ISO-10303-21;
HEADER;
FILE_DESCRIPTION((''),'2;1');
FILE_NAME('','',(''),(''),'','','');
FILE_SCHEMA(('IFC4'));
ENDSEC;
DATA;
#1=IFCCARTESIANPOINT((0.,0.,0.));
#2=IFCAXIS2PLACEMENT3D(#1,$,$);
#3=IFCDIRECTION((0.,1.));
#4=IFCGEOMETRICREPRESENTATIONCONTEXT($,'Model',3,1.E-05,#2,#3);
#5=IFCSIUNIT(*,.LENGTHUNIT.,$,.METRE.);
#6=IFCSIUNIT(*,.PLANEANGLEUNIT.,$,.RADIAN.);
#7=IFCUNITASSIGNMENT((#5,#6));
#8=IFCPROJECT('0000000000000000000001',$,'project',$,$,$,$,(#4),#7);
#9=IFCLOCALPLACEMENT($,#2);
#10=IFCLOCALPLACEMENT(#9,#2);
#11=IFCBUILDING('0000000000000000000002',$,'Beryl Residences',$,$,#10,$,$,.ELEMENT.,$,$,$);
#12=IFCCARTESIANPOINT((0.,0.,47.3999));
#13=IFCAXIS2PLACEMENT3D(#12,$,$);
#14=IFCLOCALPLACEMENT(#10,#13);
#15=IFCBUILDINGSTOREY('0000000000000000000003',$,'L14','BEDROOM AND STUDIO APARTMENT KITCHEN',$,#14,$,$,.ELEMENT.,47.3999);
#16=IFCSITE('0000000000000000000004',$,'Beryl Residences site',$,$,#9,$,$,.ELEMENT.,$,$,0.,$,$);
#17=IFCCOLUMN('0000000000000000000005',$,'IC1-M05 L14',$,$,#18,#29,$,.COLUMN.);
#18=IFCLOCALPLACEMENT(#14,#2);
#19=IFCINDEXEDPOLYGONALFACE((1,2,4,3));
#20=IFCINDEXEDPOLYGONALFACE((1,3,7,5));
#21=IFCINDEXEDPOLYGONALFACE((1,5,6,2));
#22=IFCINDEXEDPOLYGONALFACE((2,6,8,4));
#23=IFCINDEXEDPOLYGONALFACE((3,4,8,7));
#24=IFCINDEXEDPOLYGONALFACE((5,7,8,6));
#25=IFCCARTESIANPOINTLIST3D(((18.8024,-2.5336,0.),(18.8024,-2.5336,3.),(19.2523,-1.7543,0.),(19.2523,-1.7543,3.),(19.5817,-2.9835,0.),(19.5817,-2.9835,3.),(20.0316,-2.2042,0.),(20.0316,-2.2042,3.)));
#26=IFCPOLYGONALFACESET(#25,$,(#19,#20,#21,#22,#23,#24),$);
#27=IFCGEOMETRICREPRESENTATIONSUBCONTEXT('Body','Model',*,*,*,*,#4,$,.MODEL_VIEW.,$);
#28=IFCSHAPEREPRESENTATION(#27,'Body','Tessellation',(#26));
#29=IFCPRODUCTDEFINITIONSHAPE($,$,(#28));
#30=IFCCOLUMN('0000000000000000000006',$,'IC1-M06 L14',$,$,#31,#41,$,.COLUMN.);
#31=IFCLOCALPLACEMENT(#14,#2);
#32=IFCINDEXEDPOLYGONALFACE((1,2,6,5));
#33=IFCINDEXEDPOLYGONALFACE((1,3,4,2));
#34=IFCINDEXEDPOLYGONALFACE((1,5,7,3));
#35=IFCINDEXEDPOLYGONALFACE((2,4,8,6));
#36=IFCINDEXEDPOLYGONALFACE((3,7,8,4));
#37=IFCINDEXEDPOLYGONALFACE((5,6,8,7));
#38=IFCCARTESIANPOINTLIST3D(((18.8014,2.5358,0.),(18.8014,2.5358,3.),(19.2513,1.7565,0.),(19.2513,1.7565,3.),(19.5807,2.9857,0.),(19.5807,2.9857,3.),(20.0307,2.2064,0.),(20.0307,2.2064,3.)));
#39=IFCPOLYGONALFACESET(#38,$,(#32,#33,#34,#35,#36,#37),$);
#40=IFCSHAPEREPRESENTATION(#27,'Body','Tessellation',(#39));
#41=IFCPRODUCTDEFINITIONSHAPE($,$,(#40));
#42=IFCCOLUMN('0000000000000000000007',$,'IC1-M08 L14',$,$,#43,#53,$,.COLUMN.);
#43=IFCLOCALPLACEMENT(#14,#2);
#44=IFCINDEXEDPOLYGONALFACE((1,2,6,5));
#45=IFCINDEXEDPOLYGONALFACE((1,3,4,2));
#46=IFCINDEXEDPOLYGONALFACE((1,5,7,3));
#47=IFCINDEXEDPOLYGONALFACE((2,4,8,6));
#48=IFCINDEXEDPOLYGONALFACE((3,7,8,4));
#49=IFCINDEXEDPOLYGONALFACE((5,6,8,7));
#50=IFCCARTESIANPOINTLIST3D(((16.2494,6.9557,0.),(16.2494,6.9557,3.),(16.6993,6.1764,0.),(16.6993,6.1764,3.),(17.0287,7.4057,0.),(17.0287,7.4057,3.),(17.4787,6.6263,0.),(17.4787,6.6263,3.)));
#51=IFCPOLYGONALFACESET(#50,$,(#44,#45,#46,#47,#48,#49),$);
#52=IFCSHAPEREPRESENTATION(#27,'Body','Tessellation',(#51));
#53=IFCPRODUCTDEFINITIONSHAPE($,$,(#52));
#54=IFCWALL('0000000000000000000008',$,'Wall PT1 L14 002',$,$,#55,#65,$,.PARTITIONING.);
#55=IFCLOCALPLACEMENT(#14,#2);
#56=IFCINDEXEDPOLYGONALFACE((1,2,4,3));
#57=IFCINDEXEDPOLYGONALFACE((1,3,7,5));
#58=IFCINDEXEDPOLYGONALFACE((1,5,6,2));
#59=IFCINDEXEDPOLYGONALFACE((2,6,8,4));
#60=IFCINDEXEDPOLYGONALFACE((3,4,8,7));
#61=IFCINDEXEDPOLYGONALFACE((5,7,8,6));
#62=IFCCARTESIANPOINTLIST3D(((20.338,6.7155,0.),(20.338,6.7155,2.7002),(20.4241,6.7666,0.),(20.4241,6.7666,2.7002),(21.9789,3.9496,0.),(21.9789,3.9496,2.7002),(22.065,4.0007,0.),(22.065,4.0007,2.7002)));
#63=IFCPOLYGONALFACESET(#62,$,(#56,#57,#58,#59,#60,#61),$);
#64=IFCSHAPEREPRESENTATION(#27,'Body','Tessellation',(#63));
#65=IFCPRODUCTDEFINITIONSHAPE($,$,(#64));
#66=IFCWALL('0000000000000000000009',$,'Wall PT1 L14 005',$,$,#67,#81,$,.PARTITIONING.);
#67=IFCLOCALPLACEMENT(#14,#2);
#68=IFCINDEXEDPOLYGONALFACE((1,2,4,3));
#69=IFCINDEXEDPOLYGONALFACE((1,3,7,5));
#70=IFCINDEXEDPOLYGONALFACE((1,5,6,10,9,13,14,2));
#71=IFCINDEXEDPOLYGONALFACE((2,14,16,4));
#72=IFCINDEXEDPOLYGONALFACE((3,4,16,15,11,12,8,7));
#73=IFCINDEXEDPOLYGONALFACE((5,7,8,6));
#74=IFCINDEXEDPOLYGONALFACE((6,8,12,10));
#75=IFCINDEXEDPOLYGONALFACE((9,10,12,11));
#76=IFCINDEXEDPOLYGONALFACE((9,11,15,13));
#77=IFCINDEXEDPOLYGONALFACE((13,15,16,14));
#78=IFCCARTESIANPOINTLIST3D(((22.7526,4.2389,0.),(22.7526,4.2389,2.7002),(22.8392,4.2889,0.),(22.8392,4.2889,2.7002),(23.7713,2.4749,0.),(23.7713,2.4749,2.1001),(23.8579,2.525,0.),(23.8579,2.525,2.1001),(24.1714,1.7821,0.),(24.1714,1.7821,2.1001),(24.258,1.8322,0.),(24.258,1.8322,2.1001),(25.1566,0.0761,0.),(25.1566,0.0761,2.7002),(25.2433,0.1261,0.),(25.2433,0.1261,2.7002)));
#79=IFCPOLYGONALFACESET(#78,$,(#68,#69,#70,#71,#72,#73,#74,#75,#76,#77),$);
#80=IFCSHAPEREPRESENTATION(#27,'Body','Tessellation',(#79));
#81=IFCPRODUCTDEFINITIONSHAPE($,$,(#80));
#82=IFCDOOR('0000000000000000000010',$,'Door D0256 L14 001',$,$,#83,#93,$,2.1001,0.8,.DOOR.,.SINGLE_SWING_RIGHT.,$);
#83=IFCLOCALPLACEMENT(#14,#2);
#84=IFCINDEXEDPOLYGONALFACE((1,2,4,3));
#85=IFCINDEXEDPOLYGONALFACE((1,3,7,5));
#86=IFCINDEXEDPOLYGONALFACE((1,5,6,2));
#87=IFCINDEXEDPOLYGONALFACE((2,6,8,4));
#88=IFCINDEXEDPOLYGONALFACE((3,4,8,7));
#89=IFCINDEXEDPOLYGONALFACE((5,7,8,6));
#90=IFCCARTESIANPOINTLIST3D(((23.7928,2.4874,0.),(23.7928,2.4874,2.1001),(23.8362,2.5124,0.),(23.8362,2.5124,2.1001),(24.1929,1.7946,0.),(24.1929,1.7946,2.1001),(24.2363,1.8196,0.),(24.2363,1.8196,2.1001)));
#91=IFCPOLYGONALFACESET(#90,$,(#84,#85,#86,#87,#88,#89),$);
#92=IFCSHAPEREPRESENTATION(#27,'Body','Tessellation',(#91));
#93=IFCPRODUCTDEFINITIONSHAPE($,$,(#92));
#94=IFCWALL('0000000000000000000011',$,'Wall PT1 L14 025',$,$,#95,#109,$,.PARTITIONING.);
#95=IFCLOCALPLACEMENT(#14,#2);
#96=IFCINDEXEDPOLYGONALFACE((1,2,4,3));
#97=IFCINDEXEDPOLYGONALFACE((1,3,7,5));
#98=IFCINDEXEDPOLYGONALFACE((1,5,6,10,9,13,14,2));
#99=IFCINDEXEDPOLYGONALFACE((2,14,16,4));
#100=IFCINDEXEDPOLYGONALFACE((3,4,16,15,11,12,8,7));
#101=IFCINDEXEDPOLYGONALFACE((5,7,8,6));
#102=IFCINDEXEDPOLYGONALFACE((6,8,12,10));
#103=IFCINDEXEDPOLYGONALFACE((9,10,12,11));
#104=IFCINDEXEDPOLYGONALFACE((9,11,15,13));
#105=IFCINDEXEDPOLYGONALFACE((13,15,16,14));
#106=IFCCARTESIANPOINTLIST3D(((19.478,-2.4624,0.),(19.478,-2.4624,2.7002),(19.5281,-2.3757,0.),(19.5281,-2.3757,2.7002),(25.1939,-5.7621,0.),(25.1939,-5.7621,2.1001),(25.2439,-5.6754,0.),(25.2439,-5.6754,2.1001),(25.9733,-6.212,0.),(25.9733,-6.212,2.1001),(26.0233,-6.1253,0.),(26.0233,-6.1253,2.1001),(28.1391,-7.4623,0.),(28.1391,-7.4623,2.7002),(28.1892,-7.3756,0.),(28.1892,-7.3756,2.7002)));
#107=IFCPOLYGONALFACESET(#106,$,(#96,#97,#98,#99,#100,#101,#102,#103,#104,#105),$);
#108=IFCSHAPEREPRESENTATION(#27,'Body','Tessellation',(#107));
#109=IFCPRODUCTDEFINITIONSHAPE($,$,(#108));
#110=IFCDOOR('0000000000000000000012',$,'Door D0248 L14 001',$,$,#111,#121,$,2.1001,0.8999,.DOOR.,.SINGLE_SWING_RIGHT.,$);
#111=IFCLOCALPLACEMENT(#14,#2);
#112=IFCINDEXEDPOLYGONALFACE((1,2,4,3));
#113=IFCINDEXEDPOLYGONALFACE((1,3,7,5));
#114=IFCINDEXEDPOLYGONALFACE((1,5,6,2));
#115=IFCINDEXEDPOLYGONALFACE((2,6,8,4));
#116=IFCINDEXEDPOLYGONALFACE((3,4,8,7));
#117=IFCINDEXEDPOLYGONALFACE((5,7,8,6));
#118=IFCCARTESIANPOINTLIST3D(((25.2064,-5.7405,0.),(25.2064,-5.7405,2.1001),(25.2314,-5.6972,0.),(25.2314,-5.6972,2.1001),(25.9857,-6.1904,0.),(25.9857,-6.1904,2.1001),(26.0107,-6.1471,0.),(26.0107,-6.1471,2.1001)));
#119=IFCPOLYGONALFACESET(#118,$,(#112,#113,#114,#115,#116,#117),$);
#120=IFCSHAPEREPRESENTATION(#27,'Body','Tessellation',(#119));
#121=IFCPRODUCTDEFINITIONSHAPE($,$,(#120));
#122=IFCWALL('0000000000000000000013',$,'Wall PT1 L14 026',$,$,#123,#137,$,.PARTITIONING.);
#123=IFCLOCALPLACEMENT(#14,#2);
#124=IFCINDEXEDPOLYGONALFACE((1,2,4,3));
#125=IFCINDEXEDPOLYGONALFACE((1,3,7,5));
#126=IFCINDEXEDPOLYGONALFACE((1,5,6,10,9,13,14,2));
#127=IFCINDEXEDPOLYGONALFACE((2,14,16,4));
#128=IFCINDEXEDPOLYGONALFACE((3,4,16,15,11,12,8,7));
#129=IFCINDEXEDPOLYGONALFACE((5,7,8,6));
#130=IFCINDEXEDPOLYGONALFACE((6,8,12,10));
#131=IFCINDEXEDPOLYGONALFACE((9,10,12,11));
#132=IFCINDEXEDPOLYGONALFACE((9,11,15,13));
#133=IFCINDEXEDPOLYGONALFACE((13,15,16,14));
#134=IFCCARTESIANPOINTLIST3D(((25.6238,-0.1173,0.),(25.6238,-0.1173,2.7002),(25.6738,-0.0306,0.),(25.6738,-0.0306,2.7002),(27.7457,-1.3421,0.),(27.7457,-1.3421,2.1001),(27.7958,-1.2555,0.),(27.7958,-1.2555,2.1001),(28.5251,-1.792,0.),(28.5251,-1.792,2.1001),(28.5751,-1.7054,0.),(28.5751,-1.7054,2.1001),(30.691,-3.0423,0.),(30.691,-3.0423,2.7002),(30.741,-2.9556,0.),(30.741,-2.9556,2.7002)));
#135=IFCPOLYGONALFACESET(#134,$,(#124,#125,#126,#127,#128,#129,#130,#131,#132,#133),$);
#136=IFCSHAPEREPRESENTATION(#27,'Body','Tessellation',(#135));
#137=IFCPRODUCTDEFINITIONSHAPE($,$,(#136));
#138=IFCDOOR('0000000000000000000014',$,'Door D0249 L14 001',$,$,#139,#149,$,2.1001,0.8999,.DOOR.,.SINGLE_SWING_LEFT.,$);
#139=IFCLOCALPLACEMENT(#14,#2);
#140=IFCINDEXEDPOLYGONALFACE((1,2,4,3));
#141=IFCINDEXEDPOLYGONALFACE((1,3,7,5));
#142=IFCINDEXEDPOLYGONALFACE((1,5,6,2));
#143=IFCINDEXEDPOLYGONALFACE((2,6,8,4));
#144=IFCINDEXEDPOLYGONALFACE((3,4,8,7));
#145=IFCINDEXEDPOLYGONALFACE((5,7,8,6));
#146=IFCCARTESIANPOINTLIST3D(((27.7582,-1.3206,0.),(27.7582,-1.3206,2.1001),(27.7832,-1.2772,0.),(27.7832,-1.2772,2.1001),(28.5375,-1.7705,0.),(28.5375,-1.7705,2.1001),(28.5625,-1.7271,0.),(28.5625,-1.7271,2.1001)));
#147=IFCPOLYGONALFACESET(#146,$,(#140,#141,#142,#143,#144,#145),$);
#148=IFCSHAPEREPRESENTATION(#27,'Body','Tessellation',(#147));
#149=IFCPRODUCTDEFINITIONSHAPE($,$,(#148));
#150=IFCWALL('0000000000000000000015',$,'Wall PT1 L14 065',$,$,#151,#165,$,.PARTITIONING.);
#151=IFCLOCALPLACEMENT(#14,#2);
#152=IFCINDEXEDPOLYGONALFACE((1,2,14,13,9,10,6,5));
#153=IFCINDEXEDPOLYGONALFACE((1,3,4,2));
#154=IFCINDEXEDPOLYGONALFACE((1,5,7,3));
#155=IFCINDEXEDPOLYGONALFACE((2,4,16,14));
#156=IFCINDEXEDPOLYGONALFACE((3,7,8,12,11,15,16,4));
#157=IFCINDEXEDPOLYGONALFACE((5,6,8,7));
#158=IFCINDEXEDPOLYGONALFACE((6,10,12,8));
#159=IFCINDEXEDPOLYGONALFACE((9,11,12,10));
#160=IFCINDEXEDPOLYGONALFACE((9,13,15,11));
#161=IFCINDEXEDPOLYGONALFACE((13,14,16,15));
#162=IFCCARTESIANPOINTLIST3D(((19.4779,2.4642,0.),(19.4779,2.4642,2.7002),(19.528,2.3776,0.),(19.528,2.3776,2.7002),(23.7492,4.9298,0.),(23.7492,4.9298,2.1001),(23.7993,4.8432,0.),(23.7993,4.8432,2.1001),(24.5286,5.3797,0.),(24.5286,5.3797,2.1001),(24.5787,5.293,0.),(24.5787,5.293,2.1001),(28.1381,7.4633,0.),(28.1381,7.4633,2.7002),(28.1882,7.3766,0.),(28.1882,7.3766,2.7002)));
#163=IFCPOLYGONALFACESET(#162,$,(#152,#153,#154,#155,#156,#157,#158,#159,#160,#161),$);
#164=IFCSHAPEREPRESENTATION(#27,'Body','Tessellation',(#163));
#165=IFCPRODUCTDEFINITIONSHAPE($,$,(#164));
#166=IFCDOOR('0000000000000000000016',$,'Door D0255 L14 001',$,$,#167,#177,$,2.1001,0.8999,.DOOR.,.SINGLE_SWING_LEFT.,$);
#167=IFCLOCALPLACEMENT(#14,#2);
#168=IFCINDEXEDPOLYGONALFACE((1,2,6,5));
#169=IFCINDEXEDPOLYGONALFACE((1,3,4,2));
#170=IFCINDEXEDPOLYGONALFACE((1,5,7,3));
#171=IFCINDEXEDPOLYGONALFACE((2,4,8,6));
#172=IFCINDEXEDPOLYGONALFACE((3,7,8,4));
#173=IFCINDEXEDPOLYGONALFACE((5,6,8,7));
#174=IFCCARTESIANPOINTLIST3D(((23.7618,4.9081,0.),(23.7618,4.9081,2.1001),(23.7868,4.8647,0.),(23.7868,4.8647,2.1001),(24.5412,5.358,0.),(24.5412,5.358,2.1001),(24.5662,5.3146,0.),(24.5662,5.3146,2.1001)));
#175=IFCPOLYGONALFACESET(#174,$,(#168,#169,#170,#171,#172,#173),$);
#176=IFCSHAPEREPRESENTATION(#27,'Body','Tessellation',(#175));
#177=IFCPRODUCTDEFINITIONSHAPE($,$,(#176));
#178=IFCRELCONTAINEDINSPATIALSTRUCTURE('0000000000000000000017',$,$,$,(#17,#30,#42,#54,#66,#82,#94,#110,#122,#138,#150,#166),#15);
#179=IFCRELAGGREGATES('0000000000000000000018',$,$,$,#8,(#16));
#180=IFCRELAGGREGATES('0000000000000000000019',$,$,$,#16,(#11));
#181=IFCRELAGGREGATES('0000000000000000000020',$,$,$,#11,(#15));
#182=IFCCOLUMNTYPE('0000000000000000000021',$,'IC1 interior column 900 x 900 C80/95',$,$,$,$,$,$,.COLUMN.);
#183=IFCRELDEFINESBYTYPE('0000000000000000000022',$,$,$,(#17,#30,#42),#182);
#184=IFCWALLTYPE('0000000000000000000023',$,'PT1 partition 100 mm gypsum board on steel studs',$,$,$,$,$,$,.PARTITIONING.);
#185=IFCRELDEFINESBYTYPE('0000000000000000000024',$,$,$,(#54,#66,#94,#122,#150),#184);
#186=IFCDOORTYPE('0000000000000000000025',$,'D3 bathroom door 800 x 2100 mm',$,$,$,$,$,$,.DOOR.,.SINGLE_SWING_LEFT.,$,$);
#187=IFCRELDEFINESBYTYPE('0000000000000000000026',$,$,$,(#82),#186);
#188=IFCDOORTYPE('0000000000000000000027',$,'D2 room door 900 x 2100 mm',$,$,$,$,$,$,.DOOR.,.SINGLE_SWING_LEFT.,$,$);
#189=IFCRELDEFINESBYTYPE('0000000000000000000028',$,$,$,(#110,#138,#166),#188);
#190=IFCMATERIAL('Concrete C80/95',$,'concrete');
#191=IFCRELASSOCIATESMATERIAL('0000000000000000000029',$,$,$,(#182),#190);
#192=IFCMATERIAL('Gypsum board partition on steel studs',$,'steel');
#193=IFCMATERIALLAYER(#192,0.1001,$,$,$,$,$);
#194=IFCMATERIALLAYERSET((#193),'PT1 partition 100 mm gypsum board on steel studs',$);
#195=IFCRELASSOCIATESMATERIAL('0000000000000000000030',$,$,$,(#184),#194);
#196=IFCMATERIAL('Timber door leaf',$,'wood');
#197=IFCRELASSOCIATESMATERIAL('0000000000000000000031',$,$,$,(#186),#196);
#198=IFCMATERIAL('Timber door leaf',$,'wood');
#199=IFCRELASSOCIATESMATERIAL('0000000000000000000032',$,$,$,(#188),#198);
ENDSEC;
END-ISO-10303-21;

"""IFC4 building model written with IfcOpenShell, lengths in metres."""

from ifc_helpers import new_model, si_unit, direction, frame, frame_2d, origin, origin_2d, place, context, subcontext, project, spatial, rectangle, extrude, material, layer, layer_set, material_profile, profile_set, type_object, element, fill, save


model = new_model("IFC4")

# Units and contexts
model_context = context("Model", 3, precision=1e-05, world=origin(), true_north=direction((0.0, 1.0)))
body_context = subcontext(model_context, "Body", "Model", "MODEL_VIEW")
ifc_project = project(units=[si_unit("LENGTHUNIT", "METRE"), si_unit("PLANEANGLEUNIT", "RADIAN")], contexts=[model_context])

# Site, building, storey
site_placement = place(None, origin())
site = spatial("IfcSite", under=ifc_project, at=site_placement, Name="Beryl Residences site", CompositionType="ELEMENT", RefElevation=0.0)
building_placement = place(site_placement, origin())
building = spatial("IfcBuilding", under=site, at=building_placement, Name="Beryl Residences", CompositionType="ELEMENT")
storey_placement = place(building_placement, frame((0.0, 0.0, 47.3999)))
storey = spatial("IfcBuildingStorey", under=building, at=storey_placement, Name="L14", Description="BEDROOM AND STUDIO APARTMENT KITCHEN", CompositionType="ELEMENT", Elevation=47.3999)

# Columns
ifc_material_1 = material(Name="Concrete C80/95", Category="concrete")
ifc_material_profile = material_profile(ifc_material_1, rectangle(XDim=0.8999, YDim=0.8999, at=origin_2d()))
ifc_profile_set = profile_set([ifc_material_profile], Name="Concrete C80/95")
column_type = type_object("IfcColumnType", Name="IC1 interior column 900 x 900 C80/95", PredefinedType="COLUMN", material=ifc_profile_set)
for number, where, z_axis, x_axis, name in (
    (1, (19.417, -2.3689, 0.0), (0.0, 0.0, 1.0), (0.499985, 0.866034, 0.0), "IC1-M05 L14"),
    (2, (19.416, 2.3711, 0.0), (0.0, 0.0, 1.0), (-0.499985, 0.866034, 0.0), "IC1-M06 L14"),
    (3, (16.864, 6.791, 0.0), (0.0, 0.0, 1.0), (-0.499985, 0.866034, 0.0), "IC1-M08 L14"),
):
    element("IfcColumn", number, at=place(storey_placement, frame(where, z_axis=z_axis, x_axis=x_axis)), inside=storey, type_object=column_type, Name=name, PredefinedType="COLUMN", context=body_context, shape_type="SweptSolid", body=[
        extrude(rectangle(XDim=0.8999, YDim=0.8999, at=origin_2d()), origin(), (0.0, 0.0, 1.0), 3.0),
    ])

# Wall
ifc_material_2 = material(Name="Gypsum board partition on steel studs", Category="steel")
ifc_layer_1 = layer(ifc_material_2, 0.1001)
ifc_layer_set_1 = layer_set([ifc_layer_1], Name="PT1 partition 100 mm gypsum board on steel studs")
wall_type_1 = type_object("IfcWallType", Name="PT1 partition 100 mm gypsum board on steel studs", PredefinedType="PARTITIONING", material=ifc_layer_set_1)
wall_1_placement = place(storey_placement, frame((20.3811, 6.741, 0.0), z_axis=(0.0, 0.0, 1.0), x_axis=(0.510225, -0.860041, 0.0)))
element("IfcWall", 4, at=wall_1_placement, inside=storey, type_object=wall_type_1, Name="Wall PT1 L14 002", PredefinedType="PARTITIONING", context=body_context, shape_type="SweptSolid", body=[
    extrude(rectangle(XDim=3.2161, YDim=0.1001, at=frame_2d((1.6079, 0.0))), origin(), (0.0, 0.0, 1.0), 2.7002),
])

# Walls, openings, doors
wall_2_placement = place(storey_placement, frame((22.7959, 4.2639, 0.0), z_axis=(0.0, 0.0, 1.0), x_axis=(0.500099, -0.865968, 0.0)))
wall_2 = element("IfcWall", 5, at=wall_2_placement, inside=storey, type_object=wall_type_1, Name="Wall PT1 L14 005", PredefinedType="PARTITIONING", context=body_context, shape_type="SweptSolid", body=[
    extrude(rectangle(XDim=4.8071, YDim=0.1001, at=frame_2d((2.4036, 0.0))), origin(), (0.0, 0.0, 1.0), 2.7002),
])
opening_1_placement = place(wall_2_placement, frame((2.0371, 0.0, 0.0)))
opening_1 = element("IfcOpeningElement", 6, at=opening_1_placement, cuts=wall_2, PredefinedType="OPENING", context=body_context, shape_type="SweptSolid", body=[
    extrude(rectangle(XDim=0.8, YDim=2.1001, at=frame_2d((0.3999, 1.05))), frame((0.0, 0.0601, 0.0), z_axis=(0.0, -1.0, 0.0), x_axis=(1.0, 0.0, 0.0)), (0.0, 0.0, 1.0), 0.1201),
])
ifc_material_3 = material(Name="Timber door leaf", Category="wood")
door_type_1 = type_object("IfcDoorType", Name="D3 bathroom door 800 x 2100 mm", OperationType="SINGLE_SWING_LEFT", PredefinedType="DOOR", material=ifc_material_3)
door_1_placement = place(opening_1_placement, origin())
door_1 = element("IfcDoor", 7, at=door_1_placement, inside=storey, type_object=door_type_1, Name="Door D0256 L14 001", OperationType="SINGLE_SWING_RIGHT", OverallHeight=2.1001, OverallWidth=0.8, PredefinedType="DOOR", context=body_context, shape_type="SweptSolid", body=[
    extrude(rectangle(XDim=0.8, YDim=2.1001, at=frame_2d((0.3999, 1.05))), frame((0.0, 0.0249, 0.0), z_axis=(0.0, -1.0, 0.0), x_axis=(1.0, 0.0, 0.0)), (0.0, 0.0, 1.0), 0.05),
])
fill(opening_1, door_1)
wall_3_placement = place(storey_placement, frame((19.5029, -2.4189, 0.0), z_axis=(0.0, 0.0, 1.0), x_axis=(0.866047, -0.499962, 0.0)))
wall_3 = element("IfcWall", 8, at=wall_3_placement, inside=storey, type_object=wall_type_1, Name="Wall PT1 L14 025", PredefinedType="PARTITIONING", context=body_context, shape_type="SweptSolid", body=[
    extrude(rectangle(XDim=10.0007, YDim=0.1001, at=frame_2d((5.0005, 0.0))), origin(), (0.0, 0.0, 1.0), 2.7002),
])
opening_2_placement = place(wall_3_placement, frame((6.6001, 0.0, 0.0)))
opening_2 = element("IfcOpeningElement", 9, at=opening_2_placement, cuts=wall_3, PredefinedType="OPENING", context=body_context, shape_type="SweptSolid", body=[
    extrude(rectangle(XDim=0.8999, YDim=2.1001, at=frame_2d((0.45, 1.05))), frame((0.0, 0.0601, 0.0), z_axis=(0.0, -1.0, 0.0), x_axis=(1.0, 0.0, 0.0)), (0.0, 0.0, 1.0), 0.1201),
])
ifc_material_4 = material(Name="Timber door leaf", Category="wood")
door_type_2 = type_object("IfcDoorType", Name="D2 room door 900 x 2100 mm", OperationType="SINGLE_SWING_LEFT", PredefinedType="DOOR", material=ifc_material_4)
door_2_placement = place(opening_2_placement, origin())
door_2 = element("IfcDoor", 10, at=door_2_placement, inside=storey, type_object=door_type_2, Name="Door D0248 L14 001", OperationType="SINGLE_SWING_RIGHT", OverallHeight=2.1001, OverallWidth=0.8999, PredefinedType="DOOR", context=body_context, shape_type="SweptSolid", body=[
    extrude(rectangle(XDim=0.8999, YDim=2.1001, at=frame_2d((0.45, 1.05))), frame((0.0, 0.0249, 0.0), z_axis=(0.0, -1.0, 0.0), x_axis=(1.0, 0.0, 0.0)), (0.0, 0.0, 1.0), 0.05),
])
fill(opening_2, door_2)
wall_4_placement = place(storey_placement, frame((25.6489, -0.074, 0.0), z_axis=(0.0, 0.0, 1.0), x_axis=(0.86606, -0.49994, 0.0)))
wall_4 = element("IfcWall", 11, at=wall_4_placement, inside=storey, type_object=wall_type_1, Name="Wall PT1 L14 026", PredefinedType="PARTITIONING", context=body_context, shape_type="SweptSolid", body=[
    extrude(rectangle(XDim=5.8508, YDim=0.1001, at=frame_2d((2.9253, 0.0))), origin(), (0.0, 0.0, 1.0), 2.7002),
])
opening_3_placement = place(wall_4_placement, frame((2.45, 0.0, 0.0)))
opening_3 = element("IfcOpeningElement", 12, at=opening_3_placement, cuts=wall_4, PredefinedType="OPENING", context=body_context, shape_type="SweptSolid", body=[
    extrude(rectangle(XDim=0.8999, YDim=2.1001, at=frame_2d((0.45, 1.05))), frame((0.0, 0.0601, 0.0), z_axis=(0.0, -1.0, 0.0), x_axis=(1.0, 0.0, 0.0)), (0.0, 0.0, 1.0), 0.1201),
])
door_3_placement = place(opening_3_placement, origin())
door_3 = element("IfcDoor", 13, at=door_3_placement, inside=storey, type_object=door_type_2, Name="Door D0249 L14 001", OperationType="SINGLE_SWING_LEFT", OverallHeight=2.1001, OverallWidth=0.8999, PredefinedType="DOOR", context=body_context, shape_type="SweptSolid", body=[
    extrude(rectangle(XDim=0.8999, YDim=2.1001, at=frame_2d((0.45, 1.05))), frame((0.0, 0.0249, 0.0), z_axis=(0.0, -1.0, 0.0), x_axis=(1.0, 0.0, 0.0)), (0.0, 0.0, 1.0), 0.05),
])
fill(opening_3, door_3)
wall_5_placement = place(storey_placement, frame((19.5029, 2.4209, 0.0), z_axis=(0.0, 0.0, 1.0), x_axis=(0.866065, 0.499931, 0.0)))
wall_5 = element("IfcWall", 14, at=wall_5_placement, inside=storey, type_object=wall_type_1, Name="Wall PT1 L14 065", PredefinedType="PARTITIONING", context=body_context, shape_type="SweptSolid", body=[
    extrude(rectangle(XDim=9.9995, YDim=0.1001, at=frame_2d((4.9998, 0.0))), origin(), (0.0, 0.0, 1.0), 2.7002),
])
opening_4_placement = place(wall_5_placement, frame((4.9319, 0.0, 0.0)))
opening_4 = element("IfcOpeningElement", 15, at=opening_4_placement, cuts=wall_5, PredefinedType="OPENING", context=body_context, shape_type="SweptSolid", body=[
    extrude(rectangle(XDim=0.8999, YDim=2.1001, at=frame_2d((0.45, 1.05))), frame((0.0, 0.0601, 0.0), z_axis=(0.0, -1.0, 0.0), x_axis=(1.0, 0.0, 0.0)), (0.0, 0.0, 1.0), 0.1201),
])
door_4_placement = place(opening_4_placement, origin())
door_4 = element("IfcDoor", 16, at=door_4_placement, inside=storey, type_object=door_type_2, Name="Door D0255 L14 001", OperationType="SINGLE_SWING_LEFT", OverallHeight=2.1001, OverallWidth=0.8999, PredefinedType="DOOR", context=body_context, shape_type="SweptSolid", body=[
    extrude(rectangle(XDim=0.8999, YDim=2.1001, at=frame_2d((0.45, 1.05))), frame((0.0, 0.0249, 0.0), z_axis=(0.0, -1.0, 0.0), x_axis=(1.0, 0.0, 0.0)), (0.0, 0.0, 1.0), 0.05),
])
fill(opening_4, door_4)

save(model, "model.ifc")
